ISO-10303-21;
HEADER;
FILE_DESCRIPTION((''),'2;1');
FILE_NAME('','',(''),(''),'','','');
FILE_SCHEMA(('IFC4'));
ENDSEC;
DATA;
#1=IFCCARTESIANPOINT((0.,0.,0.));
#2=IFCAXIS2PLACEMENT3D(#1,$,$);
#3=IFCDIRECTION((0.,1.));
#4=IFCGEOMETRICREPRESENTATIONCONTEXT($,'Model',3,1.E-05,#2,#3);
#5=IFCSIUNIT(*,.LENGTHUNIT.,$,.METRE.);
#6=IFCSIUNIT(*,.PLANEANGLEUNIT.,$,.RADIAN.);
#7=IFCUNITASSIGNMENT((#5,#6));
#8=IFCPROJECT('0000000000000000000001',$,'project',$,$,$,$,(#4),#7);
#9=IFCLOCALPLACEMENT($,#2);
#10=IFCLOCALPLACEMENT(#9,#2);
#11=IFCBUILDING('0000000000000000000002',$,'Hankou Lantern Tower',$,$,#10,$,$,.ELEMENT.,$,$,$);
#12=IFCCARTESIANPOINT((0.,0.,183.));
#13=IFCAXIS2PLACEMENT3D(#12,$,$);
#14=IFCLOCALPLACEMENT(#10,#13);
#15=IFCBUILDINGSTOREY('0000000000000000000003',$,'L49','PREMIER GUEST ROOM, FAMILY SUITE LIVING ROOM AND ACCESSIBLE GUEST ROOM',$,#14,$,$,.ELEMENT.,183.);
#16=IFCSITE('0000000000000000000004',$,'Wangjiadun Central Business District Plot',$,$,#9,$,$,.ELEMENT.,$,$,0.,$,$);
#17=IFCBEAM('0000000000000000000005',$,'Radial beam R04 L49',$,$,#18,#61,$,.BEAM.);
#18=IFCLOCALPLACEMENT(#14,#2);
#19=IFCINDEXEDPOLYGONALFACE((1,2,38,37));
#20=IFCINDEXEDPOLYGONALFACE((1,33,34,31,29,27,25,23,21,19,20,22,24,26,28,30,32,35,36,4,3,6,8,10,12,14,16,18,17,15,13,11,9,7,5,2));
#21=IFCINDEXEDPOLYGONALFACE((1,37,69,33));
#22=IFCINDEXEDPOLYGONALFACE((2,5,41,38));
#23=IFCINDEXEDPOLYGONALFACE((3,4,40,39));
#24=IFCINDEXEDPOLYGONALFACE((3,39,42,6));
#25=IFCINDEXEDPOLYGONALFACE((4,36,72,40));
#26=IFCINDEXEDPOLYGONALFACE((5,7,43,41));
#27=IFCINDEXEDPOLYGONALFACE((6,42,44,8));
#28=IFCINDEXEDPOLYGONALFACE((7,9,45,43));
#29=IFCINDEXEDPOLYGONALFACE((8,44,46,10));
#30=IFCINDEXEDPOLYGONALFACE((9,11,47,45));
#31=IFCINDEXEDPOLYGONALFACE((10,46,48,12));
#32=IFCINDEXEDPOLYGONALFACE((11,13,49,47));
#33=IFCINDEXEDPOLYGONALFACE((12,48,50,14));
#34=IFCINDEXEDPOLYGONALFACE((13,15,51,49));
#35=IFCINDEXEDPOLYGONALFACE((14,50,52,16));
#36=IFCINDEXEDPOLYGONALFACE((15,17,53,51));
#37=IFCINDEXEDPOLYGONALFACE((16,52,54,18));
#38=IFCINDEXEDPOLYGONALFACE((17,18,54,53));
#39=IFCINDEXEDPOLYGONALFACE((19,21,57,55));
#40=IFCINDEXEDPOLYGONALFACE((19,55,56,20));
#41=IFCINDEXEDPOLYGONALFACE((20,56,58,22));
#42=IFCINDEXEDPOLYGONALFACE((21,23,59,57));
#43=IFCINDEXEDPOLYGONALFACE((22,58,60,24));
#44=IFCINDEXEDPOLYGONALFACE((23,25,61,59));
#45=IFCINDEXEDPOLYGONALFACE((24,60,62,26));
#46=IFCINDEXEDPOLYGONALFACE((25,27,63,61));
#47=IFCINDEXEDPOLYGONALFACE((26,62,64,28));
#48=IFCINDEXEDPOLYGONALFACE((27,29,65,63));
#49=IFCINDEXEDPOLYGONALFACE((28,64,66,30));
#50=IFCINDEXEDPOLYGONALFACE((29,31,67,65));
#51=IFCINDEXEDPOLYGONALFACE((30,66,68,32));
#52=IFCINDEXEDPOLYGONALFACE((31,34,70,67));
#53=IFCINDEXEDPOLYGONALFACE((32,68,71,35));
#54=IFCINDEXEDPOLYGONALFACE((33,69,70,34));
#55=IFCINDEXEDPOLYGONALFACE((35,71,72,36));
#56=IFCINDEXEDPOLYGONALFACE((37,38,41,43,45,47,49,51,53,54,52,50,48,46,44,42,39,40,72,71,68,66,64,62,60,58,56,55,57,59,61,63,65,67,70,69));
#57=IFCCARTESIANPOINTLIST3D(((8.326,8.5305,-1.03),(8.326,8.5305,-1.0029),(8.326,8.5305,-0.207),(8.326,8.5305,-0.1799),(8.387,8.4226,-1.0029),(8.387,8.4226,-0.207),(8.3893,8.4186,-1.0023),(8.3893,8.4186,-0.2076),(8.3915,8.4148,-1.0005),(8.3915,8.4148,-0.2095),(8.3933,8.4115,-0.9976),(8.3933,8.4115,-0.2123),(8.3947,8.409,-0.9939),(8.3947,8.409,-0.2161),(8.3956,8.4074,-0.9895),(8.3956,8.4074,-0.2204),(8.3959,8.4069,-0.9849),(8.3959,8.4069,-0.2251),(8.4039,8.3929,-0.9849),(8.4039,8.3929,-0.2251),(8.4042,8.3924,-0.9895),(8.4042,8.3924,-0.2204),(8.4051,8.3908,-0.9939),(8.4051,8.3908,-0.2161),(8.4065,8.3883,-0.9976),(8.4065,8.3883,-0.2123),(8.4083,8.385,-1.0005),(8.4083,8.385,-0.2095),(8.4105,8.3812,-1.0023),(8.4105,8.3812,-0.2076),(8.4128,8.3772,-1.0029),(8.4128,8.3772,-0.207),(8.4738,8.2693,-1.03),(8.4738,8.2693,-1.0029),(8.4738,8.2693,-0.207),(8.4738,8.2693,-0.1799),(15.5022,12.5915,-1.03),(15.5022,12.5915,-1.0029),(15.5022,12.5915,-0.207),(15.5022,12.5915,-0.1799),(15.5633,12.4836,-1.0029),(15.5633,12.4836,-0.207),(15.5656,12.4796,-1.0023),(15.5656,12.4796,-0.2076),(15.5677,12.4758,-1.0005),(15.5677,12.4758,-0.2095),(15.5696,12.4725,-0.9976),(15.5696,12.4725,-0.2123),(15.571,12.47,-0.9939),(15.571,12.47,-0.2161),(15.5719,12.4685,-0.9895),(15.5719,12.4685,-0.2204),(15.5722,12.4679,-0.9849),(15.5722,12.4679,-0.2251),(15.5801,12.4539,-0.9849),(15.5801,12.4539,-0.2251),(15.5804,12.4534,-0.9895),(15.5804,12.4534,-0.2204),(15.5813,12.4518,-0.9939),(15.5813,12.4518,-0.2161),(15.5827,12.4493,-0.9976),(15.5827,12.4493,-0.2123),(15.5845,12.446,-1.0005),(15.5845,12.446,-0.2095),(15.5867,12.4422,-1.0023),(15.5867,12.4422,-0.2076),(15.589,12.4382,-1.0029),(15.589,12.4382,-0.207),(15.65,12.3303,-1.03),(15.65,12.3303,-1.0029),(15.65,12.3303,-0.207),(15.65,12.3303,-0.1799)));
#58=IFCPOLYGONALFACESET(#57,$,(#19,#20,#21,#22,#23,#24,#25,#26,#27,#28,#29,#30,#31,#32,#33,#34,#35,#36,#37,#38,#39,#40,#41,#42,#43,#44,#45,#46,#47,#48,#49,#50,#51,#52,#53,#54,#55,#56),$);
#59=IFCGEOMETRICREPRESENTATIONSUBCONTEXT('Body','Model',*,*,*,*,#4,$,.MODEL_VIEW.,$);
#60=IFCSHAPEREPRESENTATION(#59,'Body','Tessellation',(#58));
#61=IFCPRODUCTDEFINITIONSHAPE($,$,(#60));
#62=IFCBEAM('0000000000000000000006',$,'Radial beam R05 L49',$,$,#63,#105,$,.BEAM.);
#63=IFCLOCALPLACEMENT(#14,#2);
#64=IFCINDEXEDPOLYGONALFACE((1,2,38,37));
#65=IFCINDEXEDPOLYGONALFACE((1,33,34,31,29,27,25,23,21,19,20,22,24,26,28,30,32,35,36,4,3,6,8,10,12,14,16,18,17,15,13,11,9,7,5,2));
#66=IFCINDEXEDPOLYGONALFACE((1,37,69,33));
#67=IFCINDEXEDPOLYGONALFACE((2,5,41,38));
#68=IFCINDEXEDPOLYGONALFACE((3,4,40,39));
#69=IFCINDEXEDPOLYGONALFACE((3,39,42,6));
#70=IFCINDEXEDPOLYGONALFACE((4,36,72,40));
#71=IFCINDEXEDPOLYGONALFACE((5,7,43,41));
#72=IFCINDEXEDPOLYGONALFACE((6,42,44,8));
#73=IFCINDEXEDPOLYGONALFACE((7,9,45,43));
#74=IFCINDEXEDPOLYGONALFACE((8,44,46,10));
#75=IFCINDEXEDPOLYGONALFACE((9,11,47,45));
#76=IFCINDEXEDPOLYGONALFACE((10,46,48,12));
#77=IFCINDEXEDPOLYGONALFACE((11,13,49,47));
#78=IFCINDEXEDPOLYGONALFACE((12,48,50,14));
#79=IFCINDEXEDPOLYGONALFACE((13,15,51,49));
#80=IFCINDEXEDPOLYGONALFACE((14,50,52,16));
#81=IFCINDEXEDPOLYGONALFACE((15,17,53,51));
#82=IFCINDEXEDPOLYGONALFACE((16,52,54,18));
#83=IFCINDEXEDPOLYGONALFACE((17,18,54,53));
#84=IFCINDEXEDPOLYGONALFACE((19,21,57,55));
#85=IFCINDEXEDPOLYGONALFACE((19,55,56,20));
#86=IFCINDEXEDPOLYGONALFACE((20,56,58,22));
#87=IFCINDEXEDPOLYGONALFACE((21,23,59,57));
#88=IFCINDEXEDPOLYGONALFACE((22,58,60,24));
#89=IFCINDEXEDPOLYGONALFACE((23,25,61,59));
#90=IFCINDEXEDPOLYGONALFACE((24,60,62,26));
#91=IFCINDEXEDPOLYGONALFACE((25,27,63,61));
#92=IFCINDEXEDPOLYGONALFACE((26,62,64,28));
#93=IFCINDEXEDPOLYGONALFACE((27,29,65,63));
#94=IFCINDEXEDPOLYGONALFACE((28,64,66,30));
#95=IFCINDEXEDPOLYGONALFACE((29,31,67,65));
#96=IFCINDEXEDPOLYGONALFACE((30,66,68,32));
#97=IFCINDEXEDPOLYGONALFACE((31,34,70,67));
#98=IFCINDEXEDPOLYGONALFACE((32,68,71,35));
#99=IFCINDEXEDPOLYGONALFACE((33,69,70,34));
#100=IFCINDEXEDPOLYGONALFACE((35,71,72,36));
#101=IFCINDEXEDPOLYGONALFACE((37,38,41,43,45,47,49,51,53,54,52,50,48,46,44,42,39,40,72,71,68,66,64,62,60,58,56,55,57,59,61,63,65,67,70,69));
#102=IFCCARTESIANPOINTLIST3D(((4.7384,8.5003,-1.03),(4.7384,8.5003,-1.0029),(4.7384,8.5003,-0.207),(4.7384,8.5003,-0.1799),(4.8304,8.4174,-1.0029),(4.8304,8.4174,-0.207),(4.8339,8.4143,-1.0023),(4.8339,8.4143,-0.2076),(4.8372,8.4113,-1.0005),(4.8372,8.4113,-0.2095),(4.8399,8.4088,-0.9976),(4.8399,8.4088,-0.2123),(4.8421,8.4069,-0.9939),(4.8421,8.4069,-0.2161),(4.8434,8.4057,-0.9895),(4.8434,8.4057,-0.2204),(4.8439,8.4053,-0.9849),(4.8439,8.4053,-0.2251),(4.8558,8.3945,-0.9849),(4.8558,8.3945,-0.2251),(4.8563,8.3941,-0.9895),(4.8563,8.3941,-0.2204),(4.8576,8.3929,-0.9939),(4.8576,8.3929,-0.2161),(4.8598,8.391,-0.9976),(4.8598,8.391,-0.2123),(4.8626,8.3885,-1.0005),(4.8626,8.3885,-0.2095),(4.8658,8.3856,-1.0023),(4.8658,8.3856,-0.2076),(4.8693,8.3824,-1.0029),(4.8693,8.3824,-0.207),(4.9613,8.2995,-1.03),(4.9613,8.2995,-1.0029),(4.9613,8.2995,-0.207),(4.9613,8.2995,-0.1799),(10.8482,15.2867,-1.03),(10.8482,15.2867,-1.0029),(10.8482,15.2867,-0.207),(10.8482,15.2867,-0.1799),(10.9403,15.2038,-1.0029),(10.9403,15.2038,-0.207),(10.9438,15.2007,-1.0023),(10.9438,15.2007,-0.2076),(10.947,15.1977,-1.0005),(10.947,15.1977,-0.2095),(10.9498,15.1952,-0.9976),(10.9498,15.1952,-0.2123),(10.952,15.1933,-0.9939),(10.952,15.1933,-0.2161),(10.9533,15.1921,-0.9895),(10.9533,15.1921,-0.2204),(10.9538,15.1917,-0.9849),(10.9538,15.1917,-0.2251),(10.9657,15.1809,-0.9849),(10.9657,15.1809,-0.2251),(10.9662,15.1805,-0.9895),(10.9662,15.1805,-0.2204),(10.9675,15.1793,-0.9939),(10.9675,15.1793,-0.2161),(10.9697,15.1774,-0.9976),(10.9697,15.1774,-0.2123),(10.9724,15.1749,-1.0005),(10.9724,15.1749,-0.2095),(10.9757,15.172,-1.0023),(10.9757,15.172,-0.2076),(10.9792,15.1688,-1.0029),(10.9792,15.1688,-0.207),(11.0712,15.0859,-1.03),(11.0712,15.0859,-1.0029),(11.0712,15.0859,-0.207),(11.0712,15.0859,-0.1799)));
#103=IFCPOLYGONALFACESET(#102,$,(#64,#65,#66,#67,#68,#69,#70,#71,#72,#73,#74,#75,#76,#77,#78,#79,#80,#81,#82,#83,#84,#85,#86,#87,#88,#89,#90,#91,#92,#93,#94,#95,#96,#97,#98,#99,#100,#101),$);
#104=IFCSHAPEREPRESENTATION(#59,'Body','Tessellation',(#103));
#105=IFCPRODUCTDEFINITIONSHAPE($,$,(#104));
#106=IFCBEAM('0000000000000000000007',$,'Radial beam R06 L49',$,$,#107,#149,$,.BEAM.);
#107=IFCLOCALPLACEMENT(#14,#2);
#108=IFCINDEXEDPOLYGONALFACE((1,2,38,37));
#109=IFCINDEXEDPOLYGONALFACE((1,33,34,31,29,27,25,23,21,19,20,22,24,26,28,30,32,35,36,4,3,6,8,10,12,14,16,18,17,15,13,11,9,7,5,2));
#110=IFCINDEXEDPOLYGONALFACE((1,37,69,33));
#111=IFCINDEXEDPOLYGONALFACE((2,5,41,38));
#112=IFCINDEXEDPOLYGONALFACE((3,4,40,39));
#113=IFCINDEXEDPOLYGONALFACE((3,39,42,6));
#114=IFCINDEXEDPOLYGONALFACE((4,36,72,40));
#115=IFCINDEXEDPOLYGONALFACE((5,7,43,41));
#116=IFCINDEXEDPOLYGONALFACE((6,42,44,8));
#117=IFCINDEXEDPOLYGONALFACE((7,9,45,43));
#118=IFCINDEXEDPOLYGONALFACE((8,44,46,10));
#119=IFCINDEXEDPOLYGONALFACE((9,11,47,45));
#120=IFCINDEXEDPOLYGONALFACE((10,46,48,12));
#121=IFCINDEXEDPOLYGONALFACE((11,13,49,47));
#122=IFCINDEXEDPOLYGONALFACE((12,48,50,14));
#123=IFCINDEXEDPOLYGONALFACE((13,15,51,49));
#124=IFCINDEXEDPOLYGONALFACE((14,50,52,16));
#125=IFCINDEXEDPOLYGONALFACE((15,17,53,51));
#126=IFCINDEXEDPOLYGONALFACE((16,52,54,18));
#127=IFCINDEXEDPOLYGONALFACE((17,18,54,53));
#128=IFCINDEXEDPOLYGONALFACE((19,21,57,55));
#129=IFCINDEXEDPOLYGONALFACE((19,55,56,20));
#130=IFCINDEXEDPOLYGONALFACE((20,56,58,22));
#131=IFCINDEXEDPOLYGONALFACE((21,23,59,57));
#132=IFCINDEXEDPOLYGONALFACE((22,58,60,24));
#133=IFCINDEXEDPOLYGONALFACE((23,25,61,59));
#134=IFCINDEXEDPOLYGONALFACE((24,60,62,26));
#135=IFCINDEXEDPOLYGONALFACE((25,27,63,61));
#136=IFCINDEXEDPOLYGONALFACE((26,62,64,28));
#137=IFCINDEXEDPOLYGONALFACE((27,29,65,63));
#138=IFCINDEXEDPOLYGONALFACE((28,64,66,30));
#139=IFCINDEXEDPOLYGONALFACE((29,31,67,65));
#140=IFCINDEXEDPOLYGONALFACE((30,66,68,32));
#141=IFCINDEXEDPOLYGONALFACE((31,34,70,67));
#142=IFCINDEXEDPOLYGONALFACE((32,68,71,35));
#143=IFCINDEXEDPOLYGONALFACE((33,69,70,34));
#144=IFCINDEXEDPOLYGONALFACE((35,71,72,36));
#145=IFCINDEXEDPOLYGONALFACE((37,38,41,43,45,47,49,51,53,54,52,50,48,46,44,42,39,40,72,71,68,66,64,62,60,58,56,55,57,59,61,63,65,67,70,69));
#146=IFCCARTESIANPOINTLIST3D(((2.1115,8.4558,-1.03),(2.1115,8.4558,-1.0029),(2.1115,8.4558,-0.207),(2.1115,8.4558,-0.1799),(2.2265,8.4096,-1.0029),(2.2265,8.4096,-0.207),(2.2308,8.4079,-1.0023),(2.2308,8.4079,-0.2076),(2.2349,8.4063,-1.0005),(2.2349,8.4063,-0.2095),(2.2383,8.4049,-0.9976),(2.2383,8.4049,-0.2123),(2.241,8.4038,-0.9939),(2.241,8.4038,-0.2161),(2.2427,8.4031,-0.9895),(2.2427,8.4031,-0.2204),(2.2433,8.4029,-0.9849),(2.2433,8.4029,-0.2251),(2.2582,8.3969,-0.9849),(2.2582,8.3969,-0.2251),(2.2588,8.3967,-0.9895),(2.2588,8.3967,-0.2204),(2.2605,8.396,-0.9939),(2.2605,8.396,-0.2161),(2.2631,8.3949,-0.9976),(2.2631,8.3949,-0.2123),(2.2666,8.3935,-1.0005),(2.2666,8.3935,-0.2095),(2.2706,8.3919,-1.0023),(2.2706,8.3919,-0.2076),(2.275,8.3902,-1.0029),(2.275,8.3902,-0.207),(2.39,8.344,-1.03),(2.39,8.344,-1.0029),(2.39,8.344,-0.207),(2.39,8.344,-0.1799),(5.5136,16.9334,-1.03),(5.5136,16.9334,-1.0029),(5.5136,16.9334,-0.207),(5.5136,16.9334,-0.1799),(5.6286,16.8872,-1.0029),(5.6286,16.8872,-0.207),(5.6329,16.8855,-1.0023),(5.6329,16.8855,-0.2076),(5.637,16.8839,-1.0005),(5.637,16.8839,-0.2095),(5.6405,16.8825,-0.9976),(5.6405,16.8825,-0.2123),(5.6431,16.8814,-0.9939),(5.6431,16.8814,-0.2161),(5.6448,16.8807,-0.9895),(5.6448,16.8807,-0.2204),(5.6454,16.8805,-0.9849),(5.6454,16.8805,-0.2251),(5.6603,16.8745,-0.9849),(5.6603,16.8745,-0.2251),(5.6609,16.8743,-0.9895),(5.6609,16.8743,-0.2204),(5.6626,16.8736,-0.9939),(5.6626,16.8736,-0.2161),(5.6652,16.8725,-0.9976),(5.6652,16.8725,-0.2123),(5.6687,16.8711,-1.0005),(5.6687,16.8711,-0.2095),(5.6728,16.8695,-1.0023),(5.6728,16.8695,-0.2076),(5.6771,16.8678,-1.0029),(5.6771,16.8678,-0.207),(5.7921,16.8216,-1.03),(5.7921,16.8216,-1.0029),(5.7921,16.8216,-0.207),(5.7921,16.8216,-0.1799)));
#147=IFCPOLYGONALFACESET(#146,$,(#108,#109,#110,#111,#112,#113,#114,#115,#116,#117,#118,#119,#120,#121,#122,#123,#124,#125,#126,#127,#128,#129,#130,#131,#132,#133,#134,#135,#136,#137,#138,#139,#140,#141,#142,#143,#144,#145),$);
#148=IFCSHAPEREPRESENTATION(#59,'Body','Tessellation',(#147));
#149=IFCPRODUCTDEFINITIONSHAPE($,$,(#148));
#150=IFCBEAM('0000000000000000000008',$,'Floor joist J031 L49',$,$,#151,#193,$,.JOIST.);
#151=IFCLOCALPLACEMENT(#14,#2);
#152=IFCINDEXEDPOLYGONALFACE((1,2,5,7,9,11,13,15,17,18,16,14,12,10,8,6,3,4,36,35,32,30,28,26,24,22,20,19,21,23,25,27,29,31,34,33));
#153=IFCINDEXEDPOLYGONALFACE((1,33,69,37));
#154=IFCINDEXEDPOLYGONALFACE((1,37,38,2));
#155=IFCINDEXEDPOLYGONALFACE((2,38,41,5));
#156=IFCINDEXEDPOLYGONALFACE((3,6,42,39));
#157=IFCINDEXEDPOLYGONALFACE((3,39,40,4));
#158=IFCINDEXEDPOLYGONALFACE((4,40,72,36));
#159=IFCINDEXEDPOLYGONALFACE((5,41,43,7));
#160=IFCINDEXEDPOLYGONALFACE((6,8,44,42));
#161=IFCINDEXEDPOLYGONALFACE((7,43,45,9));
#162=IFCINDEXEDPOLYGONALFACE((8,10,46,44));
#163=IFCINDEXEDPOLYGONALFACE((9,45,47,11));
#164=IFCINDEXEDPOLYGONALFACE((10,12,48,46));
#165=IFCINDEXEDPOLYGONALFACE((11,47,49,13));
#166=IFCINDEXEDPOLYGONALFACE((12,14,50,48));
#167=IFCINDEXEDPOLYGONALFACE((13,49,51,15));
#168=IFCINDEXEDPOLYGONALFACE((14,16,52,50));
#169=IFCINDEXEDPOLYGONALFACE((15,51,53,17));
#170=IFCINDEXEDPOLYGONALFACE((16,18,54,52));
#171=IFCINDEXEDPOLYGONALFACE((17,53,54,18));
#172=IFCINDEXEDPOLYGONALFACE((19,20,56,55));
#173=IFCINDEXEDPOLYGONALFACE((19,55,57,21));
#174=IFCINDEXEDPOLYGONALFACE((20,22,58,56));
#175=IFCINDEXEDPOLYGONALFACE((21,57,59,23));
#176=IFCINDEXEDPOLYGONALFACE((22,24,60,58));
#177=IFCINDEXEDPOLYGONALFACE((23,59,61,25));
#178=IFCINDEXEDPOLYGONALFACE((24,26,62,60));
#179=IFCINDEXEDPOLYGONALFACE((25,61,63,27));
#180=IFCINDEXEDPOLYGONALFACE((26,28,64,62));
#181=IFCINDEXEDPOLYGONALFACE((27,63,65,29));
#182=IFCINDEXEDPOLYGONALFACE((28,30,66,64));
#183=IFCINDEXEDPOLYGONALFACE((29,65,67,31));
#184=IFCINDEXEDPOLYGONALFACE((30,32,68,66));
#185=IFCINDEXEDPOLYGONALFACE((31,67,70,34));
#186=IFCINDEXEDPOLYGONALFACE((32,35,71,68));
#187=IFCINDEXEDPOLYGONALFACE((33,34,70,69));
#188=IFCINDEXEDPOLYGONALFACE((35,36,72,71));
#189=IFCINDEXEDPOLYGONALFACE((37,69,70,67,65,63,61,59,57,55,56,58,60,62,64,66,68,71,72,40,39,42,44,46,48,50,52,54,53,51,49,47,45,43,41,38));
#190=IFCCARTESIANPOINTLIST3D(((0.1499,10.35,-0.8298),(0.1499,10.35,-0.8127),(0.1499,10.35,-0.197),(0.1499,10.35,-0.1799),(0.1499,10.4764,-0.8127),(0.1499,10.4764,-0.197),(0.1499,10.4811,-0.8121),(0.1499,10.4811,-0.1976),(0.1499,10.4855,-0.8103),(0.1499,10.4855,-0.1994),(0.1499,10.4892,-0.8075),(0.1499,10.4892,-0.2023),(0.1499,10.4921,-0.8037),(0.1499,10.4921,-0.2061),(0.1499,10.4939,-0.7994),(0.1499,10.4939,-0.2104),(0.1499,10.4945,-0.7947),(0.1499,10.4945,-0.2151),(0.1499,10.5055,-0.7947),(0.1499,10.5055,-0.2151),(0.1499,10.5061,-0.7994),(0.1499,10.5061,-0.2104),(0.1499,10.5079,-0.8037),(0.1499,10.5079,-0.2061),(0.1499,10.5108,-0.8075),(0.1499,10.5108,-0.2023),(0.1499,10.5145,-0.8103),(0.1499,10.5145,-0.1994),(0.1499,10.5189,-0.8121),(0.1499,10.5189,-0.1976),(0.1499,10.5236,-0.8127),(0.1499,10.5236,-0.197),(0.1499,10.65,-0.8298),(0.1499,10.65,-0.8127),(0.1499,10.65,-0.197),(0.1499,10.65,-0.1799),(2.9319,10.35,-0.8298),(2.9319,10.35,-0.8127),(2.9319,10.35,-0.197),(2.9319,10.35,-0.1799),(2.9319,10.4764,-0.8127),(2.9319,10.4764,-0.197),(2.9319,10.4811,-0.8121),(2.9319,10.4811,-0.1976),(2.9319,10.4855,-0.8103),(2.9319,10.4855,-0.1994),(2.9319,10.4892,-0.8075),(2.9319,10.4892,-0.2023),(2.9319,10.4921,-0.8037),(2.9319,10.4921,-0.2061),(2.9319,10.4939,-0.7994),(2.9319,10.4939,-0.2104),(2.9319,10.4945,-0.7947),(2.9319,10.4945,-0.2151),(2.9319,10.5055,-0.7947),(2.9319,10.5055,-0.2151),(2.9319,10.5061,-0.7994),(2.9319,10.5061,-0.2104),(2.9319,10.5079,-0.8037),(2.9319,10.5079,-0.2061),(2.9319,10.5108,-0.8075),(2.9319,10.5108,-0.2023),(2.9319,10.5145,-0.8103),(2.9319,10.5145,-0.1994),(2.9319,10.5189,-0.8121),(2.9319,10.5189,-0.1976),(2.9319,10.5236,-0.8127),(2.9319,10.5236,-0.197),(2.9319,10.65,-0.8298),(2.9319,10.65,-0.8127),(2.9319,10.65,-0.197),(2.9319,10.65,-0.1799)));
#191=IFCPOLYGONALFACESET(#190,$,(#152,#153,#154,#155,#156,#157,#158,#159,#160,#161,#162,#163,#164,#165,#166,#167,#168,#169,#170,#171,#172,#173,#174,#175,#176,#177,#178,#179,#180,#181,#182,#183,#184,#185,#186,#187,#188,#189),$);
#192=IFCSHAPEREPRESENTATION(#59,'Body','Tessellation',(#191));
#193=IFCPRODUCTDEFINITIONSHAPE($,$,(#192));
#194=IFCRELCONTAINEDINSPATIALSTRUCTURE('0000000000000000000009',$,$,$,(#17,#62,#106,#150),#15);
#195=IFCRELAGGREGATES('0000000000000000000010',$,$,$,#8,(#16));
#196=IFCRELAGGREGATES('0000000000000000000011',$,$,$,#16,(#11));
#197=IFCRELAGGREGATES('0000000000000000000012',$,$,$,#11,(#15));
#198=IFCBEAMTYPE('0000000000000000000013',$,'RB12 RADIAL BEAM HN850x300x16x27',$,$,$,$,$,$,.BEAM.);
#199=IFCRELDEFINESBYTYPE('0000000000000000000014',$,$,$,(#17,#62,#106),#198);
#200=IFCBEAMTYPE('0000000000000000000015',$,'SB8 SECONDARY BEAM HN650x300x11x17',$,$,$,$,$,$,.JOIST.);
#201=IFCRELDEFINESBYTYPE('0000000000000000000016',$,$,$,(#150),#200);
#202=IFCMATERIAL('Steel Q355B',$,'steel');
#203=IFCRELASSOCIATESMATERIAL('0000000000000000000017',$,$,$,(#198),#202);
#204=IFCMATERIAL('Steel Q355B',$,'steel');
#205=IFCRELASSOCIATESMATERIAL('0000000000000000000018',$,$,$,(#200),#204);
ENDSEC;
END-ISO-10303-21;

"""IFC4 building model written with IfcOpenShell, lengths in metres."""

from ifc_helpers import new_model, si_unit, direction, frame, origin, origin_2d, place, context, subcontext, project, spatial, i_section, extrude, material, material_profile, profile_set, type_object, element, save


model = new_model("IFC4")

# Units and contexts
model_context = context("Model", 3, precision=1e-05, world=origin(), true_north=direction((0.0, 1.0)))
body_context = subcontext(model_context, "Body", "Model", "MODEL_VIEW")
ifc_project = project(units=[si_unit("LENGTHUNIT", "METRE"), si_unit("PLANEANGLEUNIT", "RADIAN")], contexts=[model_context])

# Site, building, storey
site_placement = place(None, origin())
site = spatial("IfcSite", under=ifc_project, at=site_placement, Name="Wangjiadun Central Business District Plot", CompositionType="ELEMENT", RefElevation=0.0)
building_placement = place(site_placement, origin())
building = spatial("IfcBuilding", under=site, at=building_placement, Name="Hankou Lantern Tower", CompositionType="ELEMENT")
storey_placement = place(building_placement, frame((0.0, 0.0, 183.0)))
storey = spatial("IfcBuildingStorey", under=building, at=storey_placement, Name="L49", Description="PREMIER GUEST ROOM, FAMILY SUITE LIVING ROOM AND ACCESSIBLE GUEST ROOM", CompositionType="ELEMENT", Elevation=183.0)

# Beams
ifc_material_1 = material(Name="Steel Q355B", Category="steel")
ifc_material_profile_1 = material_profile(ifc_material_1, i_section(OverallWidth=0.3, OverallDepth=0.8501, WebThickness=0.0161, FlangeThickness=0.0271, FilletRadius=0.0181, at=origin_2d()), Name="HN850x300x16x27")
ifc_profile_set_1 = profile_set([ifc_material_profile_1], Name="Steel Q355B")
beam_type_1 = type_object("IfcBeamType", Name="RB12 RADIAL BEAM HN850x300x16x27", PredefinedType="BEAM", material=ifc_profile_set_1)
beam_1_placement = place(storey_placement, frame((8.3999, 8.3999, -0.605), z_axis=(0.870309, 0.492506, 0.0), x_axis=(-0.492506, 0.870309, 0.0)))
element("IfcBeam", 1, at=beam_1_placement, inside=storey, type_object=beam_type_1, Name="Radial beam R04 L49", PredefinedType="BEAM", context=body_context, shape_type="SweptSolid", body=[
    extrude(i_section(OverallWidth=0.3, OverallDepth=0.8501, WebThickness=0.0161, FlangeThickness=0.0271, FilletRadius=0.0181, at=origin_2d()), origin(), (0.0, 0.0, 1.0), 8.2456),
])
beam_2_placement = place(storey_placement, frame((4.8499, 8.3999, -0.605), z_axis=(0.669093, 0.743178, 0.0), x_axis=(-0.743178, 0.669093, 0.0)))
element("IfcBeam", 2, at=beam_2_placement, inside=storey, type_object=beam_type_1, Name="Radial beam R05 L49", PredefinedType="BEAM", context=body_context, shape_type="SweptSolid", body=[
    extrude(i_section(OverallWidth=0.3, OverallDepth=0.8501, WebThickness=0.0161, FlangeThickness=0.0271, FilletRadius=0.0181, at=origin_2d()), origin(), (0.0, 0.0, 1.0), 9.1316),
])
beam_3_placement = place(storey_placement, frame((2.2507, 8.3999, -0.605), z_axis=(0.372436, 0.928058, 0.0), x_axis=(-0.928058, 0.372436, 0.0)))
element("IfcBeam", 3, at=beam_3_placement, inside=storey, type_object=beam_type_1, Name="Radial beam R06 L49", PredefinedType="BEAM", context=body_context, shape_type="SweptSolid", body=[
    extrude(i_section(OverallWidth=0.3, OverallDepth=0.8501, WebThickness=0.0161, FlangeThickness=0.0271, FilletRadius=0.0181, at=origin_2d()), origin(), (0.0, 0.0, 1.0), 9.1348),
])
ifc_material_2 = material(Name="Steel Q355B", Category="steel")
ifc_material_profile_2 = material_profile(ifc_material_2, i_section(OverallWidth=0.3, OverallDepth=0.6499, WebThickness=0.011, FlangeThickness=0.0171, FilletRadius=0.0181, at=origin_2d()), Name="HN650x300x11x17")
ifc_profile_set_2 = profile_set([ifc_material_profile_2], Name="Steel Q355B")
beam_type_2 = type_object("IfcBeamType", Name="SB8 SECONDARY BEAM HN650x300x11x17", PredefinedType="JOIST", material=ifc_profile_set_2)
beam_4_placement = place(storey_placement, frame((0.1499, 10.5, -0.5049), z_axis=(1.0, 0.0, 0.0), x_axis=(0.0, 1.0, 0.0)))
element("IfcBeam", 4, at=beam_4_placement, inside=storey, type_object=beam_type_2, Name="Floor joist J031 L49", PredefinedType="JOIST", context=body_context, shape_type="SweptSolid", body=[
    extrude(i_section(OverallWidth=0.3, OverallDepth=0.6499, WebThickness=0.011, FlangeThickness=0.0171, FilletRadius=0.0181, at=origin_2d()), origin(), (0.0, 0.0, 1.0), 2.782),
])

save(model, "model.ifc")
